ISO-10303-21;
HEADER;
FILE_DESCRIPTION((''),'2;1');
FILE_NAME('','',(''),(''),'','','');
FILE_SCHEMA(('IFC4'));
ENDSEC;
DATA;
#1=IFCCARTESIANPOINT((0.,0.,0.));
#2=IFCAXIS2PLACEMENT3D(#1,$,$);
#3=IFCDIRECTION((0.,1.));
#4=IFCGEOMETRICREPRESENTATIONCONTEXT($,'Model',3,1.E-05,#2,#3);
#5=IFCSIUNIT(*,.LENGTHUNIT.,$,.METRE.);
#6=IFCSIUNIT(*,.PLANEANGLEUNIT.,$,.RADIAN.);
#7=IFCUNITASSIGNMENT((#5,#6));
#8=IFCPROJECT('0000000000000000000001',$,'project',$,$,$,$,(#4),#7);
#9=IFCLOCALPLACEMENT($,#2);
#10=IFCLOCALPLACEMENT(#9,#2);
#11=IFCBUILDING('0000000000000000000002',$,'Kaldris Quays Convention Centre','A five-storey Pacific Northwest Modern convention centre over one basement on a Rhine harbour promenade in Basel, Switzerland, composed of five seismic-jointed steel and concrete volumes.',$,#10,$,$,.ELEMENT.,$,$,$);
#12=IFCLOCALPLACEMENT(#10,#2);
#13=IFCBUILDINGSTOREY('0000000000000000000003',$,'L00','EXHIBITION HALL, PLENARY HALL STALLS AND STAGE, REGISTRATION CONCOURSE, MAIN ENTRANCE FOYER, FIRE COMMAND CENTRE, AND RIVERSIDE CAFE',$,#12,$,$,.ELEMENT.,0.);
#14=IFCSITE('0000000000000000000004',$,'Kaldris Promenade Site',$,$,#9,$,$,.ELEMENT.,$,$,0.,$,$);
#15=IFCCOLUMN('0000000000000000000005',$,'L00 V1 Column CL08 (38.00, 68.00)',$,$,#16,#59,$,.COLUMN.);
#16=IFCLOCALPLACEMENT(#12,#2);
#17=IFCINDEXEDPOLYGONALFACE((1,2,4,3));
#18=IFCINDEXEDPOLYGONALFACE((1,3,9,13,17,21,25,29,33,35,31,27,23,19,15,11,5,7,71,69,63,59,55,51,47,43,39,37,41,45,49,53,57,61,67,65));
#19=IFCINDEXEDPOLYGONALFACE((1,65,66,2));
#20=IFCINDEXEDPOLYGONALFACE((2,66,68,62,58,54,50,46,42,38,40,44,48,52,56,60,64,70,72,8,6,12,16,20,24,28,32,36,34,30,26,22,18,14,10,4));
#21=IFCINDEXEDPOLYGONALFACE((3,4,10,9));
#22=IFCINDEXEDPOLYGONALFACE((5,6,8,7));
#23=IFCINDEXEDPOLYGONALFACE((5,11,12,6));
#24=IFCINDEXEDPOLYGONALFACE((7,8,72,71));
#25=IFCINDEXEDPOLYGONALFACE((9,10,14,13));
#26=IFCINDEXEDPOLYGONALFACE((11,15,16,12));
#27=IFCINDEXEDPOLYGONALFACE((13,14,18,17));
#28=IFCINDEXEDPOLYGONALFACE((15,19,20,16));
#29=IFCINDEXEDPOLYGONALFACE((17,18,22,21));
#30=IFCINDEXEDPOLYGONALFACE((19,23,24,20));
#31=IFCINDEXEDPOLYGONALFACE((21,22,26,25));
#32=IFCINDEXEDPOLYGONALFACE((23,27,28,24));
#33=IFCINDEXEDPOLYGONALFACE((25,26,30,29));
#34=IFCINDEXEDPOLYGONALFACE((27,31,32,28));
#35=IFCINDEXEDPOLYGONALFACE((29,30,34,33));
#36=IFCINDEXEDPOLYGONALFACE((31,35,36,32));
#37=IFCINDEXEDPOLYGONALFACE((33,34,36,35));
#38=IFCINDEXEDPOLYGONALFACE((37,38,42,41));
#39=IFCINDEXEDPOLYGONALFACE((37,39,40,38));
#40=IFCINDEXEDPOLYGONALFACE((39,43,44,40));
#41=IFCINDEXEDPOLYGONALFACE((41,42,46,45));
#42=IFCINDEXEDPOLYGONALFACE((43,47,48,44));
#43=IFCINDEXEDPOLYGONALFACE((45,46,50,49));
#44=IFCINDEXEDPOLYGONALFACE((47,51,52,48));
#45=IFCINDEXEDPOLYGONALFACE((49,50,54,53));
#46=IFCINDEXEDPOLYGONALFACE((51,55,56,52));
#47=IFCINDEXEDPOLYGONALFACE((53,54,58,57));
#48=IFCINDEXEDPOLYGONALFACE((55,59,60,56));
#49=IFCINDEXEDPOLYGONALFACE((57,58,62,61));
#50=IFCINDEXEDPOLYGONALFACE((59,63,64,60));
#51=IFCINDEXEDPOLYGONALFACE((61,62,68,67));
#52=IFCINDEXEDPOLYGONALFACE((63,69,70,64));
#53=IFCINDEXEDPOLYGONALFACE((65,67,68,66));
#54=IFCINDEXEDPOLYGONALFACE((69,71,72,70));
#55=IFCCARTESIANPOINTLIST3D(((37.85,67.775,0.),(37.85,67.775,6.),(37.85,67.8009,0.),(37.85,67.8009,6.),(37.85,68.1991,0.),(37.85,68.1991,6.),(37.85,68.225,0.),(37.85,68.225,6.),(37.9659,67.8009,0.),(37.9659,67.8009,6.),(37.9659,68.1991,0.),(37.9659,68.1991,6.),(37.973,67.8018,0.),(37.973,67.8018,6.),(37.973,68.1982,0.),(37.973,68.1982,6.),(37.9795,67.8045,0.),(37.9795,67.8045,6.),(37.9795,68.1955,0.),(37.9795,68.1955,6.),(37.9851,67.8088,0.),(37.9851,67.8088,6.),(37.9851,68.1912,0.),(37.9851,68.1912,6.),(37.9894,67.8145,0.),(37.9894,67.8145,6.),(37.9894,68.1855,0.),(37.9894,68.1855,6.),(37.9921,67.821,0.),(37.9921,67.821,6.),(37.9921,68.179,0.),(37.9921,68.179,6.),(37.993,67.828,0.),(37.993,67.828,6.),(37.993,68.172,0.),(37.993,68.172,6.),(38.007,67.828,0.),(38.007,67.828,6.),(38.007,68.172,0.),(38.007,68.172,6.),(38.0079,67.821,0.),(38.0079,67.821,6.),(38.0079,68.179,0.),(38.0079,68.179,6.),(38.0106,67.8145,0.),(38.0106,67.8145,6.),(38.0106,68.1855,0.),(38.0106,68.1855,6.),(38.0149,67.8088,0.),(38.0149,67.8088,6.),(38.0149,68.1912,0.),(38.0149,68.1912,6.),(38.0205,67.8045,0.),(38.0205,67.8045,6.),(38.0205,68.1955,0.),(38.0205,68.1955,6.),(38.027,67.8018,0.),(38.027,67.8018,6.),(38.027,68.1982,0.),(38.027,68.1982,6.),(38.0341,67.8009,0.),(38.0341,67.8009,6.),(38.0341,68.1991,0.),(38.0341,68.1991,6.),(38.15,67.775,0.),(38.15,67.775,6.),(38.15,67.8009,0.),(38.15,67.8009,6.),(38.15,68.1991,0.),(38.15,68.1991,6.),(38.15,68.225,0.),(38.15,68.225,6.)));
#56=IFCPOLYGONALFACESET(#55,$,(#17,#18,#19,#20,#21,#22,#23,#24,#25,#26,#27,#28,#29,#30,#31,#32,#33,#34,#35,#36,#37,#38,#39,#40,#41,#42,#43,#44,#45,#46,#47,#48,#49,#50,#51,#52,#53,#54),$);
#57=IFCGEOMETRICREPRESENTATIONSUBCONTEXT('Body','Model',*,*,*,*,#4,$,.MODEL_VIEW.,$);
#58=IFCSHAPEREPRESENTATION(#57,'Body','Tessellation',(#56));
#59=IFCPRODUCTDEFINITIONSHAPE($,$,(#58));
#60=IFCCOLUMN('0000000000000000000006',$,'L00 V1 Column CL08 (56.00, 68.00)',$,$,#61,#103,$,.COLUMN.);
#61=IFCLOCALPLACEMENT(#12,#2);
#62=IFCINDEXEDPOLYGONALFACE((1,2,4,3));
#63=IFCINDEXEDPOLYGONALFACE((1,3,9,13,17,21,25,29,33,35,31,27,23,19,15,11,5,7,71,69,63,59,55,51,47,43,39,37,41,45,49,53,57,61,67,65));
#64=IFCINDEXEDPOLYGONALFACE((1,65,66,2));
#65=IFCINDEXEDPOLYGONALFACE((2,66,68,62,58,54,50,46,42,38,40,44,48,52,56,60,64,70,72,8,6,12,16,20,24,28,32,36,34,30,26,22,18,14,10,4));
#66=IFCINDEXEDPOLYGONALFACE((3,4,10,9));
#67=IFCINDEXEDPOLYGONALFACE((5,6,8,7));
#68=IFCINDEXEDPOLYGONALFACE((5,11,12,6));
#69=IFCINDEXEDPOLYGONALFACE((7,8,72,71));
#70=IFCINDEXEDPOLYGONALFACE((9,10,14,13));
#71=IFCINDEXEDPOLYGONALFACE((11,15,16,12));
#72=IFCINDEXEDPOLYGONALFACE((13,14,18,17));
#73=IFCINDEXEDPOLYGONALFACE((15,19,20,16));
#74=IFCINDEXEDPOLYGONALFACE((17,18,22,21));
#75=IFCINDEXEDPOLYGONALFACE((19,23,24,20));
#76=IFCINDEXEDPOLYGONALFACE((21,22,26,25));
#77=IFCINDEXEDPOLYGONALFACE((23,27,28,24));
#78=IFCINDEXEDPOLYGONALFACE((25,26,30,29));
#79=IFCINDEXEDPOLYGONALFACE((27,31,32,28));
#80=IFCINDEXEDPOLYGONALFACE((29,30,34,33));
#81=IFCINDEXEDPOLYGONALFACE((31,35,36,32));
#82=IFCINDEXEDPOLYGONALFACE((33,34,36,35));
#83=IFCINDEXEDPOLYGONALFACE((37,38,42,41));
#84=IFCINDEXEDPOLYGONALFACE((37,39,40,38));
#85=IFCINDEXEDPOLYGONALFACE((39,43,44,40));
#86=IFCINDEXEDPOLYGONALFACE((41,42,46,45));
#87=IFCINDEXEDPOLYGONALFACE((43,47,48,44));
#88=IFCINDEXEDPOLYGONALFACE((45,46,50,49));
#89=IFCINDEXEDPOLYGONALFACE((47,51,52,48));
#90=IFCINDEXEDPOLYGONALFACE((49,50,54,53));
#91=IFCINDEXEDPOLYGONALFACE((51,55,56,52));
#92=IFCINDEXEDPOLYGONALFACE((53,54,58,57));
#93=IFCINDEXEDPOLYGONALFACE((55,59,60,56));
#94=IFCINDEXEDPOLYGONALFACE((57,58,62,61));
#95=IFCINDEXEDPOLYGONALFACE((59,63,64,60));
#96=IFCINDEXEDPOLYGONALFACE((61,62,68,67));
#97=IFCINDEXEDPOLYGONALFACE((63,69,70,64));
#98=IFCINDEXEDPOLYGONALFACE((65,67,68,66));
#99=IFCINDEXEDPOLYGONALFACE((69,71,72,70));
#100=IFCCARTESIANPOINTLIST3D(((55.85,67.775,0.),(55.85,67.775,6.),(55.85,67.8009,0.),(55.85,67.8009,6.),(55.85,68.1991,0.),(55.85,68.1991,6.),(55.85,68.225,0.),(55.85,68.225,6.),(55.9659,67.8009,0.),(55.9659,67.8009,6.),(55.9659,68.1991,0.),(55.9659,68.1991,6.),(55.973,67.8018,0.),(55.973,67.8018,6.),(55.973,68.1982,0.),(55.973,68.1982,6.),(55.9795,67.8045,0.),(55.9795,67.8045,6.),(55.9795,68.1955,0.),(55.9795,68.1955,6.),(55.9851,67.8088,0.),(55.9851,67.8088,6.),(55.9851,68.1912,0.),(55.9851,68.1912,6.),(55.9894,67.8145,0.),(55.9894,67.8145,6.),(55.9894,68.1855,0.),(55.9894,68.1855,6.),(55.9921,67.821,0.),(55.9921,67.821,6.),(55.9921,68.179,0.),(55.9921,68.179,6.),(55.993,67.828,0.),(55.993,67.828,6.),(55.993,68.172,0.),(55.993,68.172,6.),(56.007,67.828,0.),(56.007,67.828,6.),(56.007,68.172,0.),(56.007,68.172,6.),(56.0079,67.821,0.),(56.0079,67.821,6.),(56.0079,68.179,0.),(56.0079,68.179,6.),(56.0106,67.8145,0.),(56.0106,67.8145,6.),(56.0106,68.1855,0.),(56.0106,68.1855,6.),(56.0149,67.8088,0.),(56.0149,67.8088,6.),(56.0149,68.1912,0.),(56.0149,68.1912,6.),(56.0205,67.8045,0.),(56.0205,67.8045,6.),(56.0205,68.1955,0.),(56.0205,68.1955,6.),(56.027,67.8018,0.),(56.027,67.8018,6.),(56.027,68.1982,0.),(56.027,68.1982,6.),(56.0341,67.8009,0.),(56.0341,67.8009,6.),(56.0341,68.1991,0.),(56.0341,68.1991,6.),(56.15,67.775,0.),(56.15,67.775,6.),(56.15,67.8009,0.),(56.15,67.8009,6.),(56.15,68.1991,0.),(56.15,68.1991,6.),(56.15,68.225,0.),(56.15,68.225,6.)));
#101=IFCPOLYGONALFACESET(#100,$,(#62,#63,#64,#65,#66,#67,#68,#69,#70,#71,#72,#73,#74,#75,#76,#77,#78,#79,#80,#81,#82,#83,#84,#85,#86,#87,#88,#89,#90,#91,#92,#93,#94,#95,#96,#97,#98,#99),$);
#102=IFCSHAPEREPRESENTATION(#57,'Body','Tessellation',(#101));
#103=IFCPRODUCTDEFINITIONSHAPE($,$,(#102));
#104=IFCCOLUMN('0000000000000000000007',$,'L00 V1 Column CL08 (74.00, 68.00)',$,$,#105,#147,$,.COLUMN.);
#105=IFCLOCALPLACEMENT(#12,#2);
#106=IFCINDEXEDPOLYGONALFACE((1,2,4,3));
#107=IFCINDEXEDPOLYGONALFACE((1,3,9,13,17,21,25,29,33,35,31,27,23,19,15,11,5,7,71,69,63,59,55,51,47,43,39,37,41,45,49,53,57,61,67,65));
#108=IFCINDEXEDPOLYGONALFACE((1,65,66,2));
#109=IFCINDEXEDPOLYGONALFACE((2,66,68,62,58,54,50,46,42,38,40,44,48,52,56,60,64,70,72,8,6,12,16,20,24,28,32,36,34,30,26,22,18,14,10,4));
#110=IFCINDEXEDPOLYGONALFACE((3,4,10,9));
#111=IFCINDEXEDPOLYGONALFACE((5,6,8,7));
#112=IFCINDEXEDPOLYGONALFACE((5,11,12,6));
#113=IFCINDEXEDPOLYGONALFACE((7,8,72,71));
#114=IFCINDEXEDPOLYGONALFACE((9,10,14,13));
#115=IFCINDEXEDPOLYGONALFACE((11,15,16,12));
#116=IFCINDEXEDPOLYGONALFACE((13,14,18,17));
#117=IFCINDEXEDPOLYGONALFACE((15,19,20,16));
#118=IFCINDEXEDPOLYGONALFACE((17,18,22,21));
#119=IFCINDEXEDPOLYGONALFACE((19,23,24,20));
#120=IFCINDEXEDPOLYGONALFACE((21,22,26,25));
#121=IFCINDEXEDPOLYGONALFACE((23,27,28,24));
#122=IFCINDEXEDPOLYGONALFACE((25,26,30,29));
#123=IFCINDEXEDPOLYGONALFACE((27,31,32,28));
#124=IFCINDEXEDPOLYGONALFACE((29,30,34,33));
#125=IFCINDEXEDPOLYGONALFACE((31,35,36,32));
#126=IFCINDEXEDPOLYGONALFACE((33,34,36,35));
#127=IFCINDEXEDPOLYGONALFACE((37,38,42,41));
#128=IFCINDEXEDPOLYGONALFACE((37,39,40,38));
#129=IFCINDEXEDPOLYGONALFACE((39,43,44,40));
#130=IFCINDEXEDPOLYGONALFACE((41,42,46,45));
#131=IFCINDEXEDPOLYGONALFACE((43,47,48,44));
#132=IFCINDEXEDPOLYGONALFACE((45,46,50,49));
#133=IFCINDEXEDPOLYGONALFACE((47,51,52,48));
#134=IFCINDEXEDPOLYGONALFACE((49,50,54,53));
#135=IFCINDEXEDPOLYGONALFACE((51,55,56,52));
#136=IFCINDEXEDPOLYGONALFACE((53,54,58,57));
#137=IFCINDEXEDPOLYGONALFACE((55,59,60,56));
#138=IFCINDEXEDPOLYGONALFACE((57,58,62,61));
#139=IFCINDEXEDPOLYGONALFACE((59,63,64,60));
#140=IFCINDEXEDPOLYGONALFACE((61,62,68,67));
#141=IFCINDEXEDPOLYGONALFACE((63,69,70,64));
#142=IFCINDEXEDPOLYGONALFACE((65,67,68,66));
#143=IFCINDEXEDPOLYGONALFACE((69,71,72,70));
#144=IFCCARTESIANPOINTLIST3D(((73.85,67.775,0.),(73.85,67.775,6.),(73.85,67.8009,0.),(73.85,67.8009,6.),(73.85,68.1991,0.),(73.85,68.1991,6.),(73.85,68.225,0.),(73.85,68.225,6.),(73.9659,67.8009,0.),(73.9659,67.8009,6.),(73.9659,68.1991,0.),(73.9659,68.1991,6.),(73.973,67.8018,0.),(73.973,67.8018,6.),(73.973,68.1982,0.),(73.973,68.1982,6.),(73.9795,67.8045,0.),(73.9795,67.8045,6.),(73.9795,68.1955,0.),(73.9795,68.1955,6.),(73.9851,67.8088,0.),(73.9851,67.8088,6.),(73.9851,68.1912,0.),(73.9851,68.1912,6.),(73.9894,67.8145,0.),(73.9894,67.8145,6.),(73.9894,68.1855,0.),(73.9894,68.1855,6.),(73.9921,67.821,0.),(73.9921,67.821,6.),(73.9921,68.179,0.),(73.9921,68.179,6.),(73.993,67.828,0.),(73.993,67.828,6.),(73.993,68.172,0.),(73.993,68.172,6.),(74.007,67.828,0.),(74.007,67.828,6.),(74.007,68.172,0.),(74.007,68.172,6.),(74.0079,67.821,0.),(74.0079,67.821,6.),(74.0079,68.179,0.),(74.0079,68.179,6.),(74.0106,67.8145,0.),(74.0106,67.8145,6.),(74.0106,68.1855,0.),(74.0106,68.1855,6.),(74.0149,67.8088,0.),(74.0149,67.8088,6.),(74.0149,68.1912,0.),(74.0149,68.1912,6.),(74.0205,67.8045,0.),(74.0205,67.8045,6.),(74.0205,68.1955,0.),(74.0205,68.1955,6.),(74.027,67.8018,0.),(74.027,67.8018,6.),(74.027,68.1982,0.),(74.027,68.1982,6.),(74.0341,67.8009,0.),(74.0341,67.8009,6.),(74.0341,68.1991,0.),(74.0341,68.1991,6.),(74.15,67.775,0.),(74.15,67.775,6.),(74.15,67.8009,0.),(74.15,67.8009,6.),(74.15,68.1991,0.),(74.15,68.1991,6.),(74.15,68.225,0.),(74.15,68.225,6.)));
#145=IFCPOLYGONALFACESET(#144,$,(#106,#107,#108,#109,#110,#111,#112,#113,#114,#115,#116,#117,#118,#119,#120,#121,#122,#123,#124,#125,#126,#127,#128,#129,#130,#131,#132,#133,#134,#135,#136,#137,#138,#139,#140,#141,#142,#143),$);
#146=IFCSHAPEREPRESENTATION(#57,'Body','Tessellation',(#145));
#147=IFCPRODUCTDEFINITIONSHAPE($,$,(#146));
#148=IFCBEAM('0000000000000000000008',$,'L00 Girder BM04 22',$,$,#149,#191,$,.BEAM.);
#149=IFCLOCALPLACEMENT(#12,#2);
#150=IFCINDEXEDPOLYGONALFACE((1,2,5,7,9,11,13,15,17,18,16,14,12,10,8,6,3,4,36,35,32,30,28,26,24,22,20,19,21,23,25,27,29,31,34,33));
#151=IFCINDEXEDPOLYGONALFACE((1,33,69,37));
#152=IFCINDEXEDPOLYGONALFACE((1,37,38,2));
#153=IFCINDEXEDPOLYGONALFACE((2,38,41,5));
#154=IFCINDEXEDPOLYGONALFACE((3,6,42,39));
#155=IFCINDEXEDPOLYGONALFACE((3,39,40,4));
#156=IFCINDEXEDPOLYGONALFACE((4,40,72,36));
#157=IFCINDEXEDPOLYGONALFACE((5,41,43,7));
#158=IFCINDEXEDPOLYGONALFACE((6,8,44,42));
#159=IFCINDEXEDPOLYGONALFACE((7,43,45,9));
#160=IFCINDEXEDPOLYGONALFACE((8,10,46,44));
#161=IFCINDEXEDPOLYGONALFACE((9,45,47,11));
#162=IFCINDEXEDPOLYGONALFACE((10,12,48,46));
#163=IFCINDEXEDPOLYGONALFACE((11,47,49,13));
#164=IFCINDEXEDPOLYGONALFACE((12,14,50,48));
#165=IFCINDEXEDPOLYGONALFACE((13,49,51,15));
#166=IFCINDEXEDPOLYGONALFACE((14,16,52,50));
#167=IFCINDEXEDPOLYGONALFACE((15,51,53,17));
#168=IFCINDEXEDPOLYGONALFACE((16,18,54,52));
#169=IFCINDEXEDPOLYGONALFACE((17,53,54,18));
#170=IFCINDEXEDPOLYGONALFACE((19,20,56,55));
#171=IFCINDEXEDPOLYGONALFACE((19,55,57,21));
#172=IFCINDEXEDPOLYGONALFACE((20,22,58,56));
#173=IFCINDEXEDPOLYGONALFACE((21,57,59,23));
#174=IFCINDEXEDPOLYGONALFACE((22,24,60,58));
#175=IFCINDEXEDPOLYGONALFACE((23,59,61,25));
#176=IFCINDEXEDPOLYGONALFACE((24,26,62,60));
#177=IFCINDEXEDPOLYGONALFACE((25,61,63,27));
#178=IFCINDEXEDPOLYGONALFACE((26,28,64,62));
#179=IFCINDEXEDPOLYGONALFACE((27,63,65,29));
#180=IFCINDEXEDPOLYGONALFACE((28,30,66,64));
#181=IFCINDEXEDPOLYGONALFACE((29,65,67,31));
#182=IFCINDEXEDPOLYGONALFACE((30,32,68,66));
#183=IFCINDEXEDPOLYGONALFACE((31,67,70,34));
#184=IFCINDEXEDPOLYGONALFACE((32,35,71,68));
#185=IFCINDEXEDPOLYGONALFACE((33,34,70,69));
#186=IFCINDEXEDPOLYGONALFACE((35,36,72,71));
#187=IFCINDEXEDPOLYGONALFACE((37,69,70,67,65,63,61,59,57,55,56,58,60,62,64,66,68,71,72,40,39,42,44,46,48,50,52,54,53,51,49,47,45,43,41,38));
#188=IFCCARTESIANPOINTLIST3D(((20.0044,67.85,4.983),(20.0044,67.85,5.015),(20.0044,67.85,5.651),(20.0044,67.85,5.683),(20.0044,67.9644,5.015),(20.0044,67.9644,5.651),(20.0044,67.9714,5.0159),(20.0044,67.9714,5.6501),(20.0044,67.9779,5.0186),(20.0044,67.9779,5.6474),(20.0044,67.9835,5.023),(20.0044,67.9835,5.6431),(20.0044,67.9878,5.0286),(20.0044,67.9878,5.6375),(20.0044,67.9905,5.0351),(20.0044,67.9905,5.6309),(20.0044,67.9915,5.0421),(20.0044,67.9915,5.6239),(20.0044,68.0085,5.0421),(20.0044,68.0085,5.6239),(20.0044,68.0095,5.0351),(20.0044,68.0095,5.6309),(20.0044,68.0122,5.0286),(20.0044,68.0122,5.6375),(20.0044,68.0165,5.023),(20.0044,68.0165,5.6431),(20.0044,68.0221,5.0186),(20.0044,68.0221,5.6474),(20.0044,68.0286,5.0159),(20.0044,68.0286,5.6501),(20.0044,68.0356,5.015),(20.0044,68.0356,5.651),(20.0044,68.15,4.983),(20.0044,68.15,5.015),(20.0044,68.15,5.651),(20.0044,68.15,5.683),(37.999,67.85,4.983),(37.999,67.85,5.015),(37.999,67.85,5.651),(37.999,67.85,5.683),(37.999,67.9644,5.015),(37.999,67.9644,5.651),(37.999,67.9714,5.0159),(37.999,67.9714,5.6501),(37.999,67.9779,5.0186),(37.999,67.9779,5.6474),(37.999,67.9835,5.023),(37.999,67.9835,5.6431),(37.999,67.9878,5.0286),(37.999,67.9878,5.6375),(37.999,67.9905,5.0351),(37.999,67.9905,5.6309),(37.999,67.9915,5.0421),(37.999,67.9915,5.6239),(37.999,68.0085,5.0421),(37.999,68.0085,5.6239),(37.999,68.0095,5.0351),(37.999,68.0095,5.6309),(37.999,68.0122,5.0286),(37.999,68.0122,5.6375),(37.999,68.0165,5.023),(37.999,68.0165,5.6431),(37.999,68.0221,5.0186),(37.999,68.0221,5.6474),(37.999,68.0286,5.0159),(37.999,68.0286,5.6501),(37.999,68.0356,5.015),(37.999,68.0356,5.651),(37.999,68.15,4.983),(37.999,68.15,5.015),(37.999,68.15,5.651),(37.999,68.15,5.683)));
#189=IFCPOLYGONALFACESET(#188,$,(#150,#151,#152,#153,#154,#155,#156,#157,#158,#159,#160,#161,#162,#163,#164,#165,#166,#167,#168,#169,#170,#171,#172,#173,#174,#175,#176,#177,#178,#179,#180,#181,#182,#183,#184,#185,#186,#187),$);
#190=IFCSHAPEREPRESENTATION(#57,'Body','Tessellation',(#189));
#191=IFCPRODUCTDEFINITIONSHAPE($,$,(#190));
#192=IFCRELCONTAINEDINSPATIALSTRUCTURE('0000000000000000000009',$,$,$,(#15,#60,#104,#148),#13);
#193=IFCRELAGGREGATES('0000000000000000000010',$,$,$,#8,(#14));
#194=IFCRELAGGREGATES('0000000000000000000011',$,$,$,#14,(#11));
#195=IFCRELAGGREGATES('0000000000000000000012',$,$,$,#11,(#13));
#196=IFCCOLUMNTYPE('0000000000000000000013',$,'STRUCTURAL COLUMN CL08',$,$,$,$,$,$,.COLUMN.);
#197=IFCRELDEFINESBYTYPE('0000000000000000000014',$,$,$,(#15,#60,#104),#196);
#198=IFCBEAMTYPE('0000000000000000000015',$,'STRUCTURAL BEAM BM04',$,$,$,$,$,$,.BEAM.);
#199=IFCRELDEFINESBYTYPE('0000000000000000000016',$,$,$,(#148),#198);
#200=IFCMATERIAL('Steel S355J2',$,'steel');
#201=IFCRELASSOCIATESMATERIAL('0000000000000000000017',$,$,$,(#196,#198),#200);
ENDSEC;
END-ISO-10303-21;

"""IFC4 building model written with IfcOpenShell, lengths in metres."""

from ifc_helpers import new_model, si_unit, direction, frame, origin, origin_2d, place, context, subcontext, project, spatial, i_section, extrude, material, material_profile, profile_set, type_object, element, save


model = new_model("IFC4")

# Units and contexts
model_context = context("Model", 3, precision=1e-05, world=origin(), true_north=direction((0.0, 1.0)))
body_context = subcontext(model_context, "Body", "Model", "MODEL_VIEW")
ifc_project = project(units=[si_unit("LENGTHUNIT", "METRE"), si_unit("PLANEANGLEUNIT", "RADIAN")], contexts=[model_context])

# Site, building, storey
site_placement = place(None, origin())
site = spatial("IfcSite", under=ifc_project, at=site_placement, Name="Kaldris Promenade Site", CompositionType="ELEMENT", RefElevation=0.0)
building_placement = place(site_placement, origin())
building = spatial("IfcBuilding", under=site, at=building_placement, Name="Kaldris Quays Convention Centre", Description="A five-storey Pacific Northwest Modern convention centre over one basement on a Rhine harbour promenade in Basel, Switzerland, composed of five seismic-jointed steel and concrete volumes.", CompositionType="ELEMENT")
storey_placement = place(building_placement, origin())
storey = spatial("IfcBuildingStorey", under=building, at=storey_placement, Name="L00", Description="EXHIBITION HALL, PLENARY HALL STALLS AND STAGE, REGISTRATION CONCOURSE, MAIN ENTRANCE FOYER, FIRE COMMAND CENTRE, AND RIVERSIDE CAFE", CompositionType="ELEMENT", Elevation=0.0)

# Columns
ifc_material_1 = material(Name="Steel S355J2", Category="steel")
ifc_material_profile_1 = material_profile(ifc_material_1, i_section(OverallWidth=0.3, OverallDepth=0.45, WebThickness=0.0139, FlangeThickness=0.0259, FilletRadius=0.0271, at=origin_2d()), Name="HEB 450")
ifc_profile_set_1 = profile_set([ifc_material_profile_1], Name="Steel S355J2")
column_type_1 = type_object("IfcColumnType", Name="STRUCTURAL COLUMN CL08", PredefinedType="COLUMN", material=ifc_profile_set_1)
for number, where, z_axis, x_axis, name in (
    (1, (38.0, 68.0, 0.0), (0.0, 0.0, 1.0), (1.0, 0.0, 0.0), "L00 V1 Column CL08 (38.00, 68.00)"),
    (2, (56.0, 68.0, 0.0), (0.0, 0.0, 1.0), (1.0, 0.0, 0.0), "L00 V1 Column CL08 (56.00, 68.00)"),
    (3, (74.0, 68.0, 0.0), (0.0, 0.0, 1.0), (1.0, 0.0, 0.0), "L00 V1 Column CL08 (74.00, 68.00)"),
):
    element("IfcColumn", number, at=place(storey_placement, frame(where, z_axis=z_axis, x_axis=x_axis)), inside=storey, type_object=column_type_1, Name=name, PredefinedType="COLUMN", context=body_context, shape_type="SweptSolid", body=[
        extrude(i_section(OverallWidth=0.3, OverallDepth=0.45, WebThickness=0.0139, FlangeThickness=0.0259, FilletRadius=0.0271, at=origin_2d()), origin(), (0.0, 0.0, 1.0), 6.0),
    ])

# Beam
ifc_material_profile_2 = material_profile(ifc_material_1, i_section(OverallWidth=0.3, OverallDepth=0.7, WebThickness=0.0171, FlangeThickness=0.032, FilletRadius=0.0271, at=origin_2d()), Name="HEB 700")
ifc_profile_set_2 = profile_set([ifc_material_profile_2], Name="Steel S355J2")
beam_type_1 = type_object("IfcBeamType", Name="STRUCTURAL BEAM BM04", PredefinedType="BEAM", material=ifc_profile_set_2)
beam_1_placement = place(storey_placement, frame((20.0044, 68.0, 5.333), z_axis=(1.0, 0.0, 0.0), x_axis=(0.0, 1.0, 0.0)))
element("IfcBeam", 4, at=beam_1_placement, inside=storey, type_object=beam_type_1, Name="L00 Girder BM04 22", PredefinedType="BEAM", context=body_context, shape_type="SweptSolid", body=[
    extrude(i_section(OverallWidth=0.3, OverallDepth=0.7, WebThickness=0.0171, FlangeThickness=0.032, FilletRadius=0.0271, at=origin_2d()), origin(), (0.0, 0.0, 1.0), 17.9946),
])

save(model, "model.ifc")
